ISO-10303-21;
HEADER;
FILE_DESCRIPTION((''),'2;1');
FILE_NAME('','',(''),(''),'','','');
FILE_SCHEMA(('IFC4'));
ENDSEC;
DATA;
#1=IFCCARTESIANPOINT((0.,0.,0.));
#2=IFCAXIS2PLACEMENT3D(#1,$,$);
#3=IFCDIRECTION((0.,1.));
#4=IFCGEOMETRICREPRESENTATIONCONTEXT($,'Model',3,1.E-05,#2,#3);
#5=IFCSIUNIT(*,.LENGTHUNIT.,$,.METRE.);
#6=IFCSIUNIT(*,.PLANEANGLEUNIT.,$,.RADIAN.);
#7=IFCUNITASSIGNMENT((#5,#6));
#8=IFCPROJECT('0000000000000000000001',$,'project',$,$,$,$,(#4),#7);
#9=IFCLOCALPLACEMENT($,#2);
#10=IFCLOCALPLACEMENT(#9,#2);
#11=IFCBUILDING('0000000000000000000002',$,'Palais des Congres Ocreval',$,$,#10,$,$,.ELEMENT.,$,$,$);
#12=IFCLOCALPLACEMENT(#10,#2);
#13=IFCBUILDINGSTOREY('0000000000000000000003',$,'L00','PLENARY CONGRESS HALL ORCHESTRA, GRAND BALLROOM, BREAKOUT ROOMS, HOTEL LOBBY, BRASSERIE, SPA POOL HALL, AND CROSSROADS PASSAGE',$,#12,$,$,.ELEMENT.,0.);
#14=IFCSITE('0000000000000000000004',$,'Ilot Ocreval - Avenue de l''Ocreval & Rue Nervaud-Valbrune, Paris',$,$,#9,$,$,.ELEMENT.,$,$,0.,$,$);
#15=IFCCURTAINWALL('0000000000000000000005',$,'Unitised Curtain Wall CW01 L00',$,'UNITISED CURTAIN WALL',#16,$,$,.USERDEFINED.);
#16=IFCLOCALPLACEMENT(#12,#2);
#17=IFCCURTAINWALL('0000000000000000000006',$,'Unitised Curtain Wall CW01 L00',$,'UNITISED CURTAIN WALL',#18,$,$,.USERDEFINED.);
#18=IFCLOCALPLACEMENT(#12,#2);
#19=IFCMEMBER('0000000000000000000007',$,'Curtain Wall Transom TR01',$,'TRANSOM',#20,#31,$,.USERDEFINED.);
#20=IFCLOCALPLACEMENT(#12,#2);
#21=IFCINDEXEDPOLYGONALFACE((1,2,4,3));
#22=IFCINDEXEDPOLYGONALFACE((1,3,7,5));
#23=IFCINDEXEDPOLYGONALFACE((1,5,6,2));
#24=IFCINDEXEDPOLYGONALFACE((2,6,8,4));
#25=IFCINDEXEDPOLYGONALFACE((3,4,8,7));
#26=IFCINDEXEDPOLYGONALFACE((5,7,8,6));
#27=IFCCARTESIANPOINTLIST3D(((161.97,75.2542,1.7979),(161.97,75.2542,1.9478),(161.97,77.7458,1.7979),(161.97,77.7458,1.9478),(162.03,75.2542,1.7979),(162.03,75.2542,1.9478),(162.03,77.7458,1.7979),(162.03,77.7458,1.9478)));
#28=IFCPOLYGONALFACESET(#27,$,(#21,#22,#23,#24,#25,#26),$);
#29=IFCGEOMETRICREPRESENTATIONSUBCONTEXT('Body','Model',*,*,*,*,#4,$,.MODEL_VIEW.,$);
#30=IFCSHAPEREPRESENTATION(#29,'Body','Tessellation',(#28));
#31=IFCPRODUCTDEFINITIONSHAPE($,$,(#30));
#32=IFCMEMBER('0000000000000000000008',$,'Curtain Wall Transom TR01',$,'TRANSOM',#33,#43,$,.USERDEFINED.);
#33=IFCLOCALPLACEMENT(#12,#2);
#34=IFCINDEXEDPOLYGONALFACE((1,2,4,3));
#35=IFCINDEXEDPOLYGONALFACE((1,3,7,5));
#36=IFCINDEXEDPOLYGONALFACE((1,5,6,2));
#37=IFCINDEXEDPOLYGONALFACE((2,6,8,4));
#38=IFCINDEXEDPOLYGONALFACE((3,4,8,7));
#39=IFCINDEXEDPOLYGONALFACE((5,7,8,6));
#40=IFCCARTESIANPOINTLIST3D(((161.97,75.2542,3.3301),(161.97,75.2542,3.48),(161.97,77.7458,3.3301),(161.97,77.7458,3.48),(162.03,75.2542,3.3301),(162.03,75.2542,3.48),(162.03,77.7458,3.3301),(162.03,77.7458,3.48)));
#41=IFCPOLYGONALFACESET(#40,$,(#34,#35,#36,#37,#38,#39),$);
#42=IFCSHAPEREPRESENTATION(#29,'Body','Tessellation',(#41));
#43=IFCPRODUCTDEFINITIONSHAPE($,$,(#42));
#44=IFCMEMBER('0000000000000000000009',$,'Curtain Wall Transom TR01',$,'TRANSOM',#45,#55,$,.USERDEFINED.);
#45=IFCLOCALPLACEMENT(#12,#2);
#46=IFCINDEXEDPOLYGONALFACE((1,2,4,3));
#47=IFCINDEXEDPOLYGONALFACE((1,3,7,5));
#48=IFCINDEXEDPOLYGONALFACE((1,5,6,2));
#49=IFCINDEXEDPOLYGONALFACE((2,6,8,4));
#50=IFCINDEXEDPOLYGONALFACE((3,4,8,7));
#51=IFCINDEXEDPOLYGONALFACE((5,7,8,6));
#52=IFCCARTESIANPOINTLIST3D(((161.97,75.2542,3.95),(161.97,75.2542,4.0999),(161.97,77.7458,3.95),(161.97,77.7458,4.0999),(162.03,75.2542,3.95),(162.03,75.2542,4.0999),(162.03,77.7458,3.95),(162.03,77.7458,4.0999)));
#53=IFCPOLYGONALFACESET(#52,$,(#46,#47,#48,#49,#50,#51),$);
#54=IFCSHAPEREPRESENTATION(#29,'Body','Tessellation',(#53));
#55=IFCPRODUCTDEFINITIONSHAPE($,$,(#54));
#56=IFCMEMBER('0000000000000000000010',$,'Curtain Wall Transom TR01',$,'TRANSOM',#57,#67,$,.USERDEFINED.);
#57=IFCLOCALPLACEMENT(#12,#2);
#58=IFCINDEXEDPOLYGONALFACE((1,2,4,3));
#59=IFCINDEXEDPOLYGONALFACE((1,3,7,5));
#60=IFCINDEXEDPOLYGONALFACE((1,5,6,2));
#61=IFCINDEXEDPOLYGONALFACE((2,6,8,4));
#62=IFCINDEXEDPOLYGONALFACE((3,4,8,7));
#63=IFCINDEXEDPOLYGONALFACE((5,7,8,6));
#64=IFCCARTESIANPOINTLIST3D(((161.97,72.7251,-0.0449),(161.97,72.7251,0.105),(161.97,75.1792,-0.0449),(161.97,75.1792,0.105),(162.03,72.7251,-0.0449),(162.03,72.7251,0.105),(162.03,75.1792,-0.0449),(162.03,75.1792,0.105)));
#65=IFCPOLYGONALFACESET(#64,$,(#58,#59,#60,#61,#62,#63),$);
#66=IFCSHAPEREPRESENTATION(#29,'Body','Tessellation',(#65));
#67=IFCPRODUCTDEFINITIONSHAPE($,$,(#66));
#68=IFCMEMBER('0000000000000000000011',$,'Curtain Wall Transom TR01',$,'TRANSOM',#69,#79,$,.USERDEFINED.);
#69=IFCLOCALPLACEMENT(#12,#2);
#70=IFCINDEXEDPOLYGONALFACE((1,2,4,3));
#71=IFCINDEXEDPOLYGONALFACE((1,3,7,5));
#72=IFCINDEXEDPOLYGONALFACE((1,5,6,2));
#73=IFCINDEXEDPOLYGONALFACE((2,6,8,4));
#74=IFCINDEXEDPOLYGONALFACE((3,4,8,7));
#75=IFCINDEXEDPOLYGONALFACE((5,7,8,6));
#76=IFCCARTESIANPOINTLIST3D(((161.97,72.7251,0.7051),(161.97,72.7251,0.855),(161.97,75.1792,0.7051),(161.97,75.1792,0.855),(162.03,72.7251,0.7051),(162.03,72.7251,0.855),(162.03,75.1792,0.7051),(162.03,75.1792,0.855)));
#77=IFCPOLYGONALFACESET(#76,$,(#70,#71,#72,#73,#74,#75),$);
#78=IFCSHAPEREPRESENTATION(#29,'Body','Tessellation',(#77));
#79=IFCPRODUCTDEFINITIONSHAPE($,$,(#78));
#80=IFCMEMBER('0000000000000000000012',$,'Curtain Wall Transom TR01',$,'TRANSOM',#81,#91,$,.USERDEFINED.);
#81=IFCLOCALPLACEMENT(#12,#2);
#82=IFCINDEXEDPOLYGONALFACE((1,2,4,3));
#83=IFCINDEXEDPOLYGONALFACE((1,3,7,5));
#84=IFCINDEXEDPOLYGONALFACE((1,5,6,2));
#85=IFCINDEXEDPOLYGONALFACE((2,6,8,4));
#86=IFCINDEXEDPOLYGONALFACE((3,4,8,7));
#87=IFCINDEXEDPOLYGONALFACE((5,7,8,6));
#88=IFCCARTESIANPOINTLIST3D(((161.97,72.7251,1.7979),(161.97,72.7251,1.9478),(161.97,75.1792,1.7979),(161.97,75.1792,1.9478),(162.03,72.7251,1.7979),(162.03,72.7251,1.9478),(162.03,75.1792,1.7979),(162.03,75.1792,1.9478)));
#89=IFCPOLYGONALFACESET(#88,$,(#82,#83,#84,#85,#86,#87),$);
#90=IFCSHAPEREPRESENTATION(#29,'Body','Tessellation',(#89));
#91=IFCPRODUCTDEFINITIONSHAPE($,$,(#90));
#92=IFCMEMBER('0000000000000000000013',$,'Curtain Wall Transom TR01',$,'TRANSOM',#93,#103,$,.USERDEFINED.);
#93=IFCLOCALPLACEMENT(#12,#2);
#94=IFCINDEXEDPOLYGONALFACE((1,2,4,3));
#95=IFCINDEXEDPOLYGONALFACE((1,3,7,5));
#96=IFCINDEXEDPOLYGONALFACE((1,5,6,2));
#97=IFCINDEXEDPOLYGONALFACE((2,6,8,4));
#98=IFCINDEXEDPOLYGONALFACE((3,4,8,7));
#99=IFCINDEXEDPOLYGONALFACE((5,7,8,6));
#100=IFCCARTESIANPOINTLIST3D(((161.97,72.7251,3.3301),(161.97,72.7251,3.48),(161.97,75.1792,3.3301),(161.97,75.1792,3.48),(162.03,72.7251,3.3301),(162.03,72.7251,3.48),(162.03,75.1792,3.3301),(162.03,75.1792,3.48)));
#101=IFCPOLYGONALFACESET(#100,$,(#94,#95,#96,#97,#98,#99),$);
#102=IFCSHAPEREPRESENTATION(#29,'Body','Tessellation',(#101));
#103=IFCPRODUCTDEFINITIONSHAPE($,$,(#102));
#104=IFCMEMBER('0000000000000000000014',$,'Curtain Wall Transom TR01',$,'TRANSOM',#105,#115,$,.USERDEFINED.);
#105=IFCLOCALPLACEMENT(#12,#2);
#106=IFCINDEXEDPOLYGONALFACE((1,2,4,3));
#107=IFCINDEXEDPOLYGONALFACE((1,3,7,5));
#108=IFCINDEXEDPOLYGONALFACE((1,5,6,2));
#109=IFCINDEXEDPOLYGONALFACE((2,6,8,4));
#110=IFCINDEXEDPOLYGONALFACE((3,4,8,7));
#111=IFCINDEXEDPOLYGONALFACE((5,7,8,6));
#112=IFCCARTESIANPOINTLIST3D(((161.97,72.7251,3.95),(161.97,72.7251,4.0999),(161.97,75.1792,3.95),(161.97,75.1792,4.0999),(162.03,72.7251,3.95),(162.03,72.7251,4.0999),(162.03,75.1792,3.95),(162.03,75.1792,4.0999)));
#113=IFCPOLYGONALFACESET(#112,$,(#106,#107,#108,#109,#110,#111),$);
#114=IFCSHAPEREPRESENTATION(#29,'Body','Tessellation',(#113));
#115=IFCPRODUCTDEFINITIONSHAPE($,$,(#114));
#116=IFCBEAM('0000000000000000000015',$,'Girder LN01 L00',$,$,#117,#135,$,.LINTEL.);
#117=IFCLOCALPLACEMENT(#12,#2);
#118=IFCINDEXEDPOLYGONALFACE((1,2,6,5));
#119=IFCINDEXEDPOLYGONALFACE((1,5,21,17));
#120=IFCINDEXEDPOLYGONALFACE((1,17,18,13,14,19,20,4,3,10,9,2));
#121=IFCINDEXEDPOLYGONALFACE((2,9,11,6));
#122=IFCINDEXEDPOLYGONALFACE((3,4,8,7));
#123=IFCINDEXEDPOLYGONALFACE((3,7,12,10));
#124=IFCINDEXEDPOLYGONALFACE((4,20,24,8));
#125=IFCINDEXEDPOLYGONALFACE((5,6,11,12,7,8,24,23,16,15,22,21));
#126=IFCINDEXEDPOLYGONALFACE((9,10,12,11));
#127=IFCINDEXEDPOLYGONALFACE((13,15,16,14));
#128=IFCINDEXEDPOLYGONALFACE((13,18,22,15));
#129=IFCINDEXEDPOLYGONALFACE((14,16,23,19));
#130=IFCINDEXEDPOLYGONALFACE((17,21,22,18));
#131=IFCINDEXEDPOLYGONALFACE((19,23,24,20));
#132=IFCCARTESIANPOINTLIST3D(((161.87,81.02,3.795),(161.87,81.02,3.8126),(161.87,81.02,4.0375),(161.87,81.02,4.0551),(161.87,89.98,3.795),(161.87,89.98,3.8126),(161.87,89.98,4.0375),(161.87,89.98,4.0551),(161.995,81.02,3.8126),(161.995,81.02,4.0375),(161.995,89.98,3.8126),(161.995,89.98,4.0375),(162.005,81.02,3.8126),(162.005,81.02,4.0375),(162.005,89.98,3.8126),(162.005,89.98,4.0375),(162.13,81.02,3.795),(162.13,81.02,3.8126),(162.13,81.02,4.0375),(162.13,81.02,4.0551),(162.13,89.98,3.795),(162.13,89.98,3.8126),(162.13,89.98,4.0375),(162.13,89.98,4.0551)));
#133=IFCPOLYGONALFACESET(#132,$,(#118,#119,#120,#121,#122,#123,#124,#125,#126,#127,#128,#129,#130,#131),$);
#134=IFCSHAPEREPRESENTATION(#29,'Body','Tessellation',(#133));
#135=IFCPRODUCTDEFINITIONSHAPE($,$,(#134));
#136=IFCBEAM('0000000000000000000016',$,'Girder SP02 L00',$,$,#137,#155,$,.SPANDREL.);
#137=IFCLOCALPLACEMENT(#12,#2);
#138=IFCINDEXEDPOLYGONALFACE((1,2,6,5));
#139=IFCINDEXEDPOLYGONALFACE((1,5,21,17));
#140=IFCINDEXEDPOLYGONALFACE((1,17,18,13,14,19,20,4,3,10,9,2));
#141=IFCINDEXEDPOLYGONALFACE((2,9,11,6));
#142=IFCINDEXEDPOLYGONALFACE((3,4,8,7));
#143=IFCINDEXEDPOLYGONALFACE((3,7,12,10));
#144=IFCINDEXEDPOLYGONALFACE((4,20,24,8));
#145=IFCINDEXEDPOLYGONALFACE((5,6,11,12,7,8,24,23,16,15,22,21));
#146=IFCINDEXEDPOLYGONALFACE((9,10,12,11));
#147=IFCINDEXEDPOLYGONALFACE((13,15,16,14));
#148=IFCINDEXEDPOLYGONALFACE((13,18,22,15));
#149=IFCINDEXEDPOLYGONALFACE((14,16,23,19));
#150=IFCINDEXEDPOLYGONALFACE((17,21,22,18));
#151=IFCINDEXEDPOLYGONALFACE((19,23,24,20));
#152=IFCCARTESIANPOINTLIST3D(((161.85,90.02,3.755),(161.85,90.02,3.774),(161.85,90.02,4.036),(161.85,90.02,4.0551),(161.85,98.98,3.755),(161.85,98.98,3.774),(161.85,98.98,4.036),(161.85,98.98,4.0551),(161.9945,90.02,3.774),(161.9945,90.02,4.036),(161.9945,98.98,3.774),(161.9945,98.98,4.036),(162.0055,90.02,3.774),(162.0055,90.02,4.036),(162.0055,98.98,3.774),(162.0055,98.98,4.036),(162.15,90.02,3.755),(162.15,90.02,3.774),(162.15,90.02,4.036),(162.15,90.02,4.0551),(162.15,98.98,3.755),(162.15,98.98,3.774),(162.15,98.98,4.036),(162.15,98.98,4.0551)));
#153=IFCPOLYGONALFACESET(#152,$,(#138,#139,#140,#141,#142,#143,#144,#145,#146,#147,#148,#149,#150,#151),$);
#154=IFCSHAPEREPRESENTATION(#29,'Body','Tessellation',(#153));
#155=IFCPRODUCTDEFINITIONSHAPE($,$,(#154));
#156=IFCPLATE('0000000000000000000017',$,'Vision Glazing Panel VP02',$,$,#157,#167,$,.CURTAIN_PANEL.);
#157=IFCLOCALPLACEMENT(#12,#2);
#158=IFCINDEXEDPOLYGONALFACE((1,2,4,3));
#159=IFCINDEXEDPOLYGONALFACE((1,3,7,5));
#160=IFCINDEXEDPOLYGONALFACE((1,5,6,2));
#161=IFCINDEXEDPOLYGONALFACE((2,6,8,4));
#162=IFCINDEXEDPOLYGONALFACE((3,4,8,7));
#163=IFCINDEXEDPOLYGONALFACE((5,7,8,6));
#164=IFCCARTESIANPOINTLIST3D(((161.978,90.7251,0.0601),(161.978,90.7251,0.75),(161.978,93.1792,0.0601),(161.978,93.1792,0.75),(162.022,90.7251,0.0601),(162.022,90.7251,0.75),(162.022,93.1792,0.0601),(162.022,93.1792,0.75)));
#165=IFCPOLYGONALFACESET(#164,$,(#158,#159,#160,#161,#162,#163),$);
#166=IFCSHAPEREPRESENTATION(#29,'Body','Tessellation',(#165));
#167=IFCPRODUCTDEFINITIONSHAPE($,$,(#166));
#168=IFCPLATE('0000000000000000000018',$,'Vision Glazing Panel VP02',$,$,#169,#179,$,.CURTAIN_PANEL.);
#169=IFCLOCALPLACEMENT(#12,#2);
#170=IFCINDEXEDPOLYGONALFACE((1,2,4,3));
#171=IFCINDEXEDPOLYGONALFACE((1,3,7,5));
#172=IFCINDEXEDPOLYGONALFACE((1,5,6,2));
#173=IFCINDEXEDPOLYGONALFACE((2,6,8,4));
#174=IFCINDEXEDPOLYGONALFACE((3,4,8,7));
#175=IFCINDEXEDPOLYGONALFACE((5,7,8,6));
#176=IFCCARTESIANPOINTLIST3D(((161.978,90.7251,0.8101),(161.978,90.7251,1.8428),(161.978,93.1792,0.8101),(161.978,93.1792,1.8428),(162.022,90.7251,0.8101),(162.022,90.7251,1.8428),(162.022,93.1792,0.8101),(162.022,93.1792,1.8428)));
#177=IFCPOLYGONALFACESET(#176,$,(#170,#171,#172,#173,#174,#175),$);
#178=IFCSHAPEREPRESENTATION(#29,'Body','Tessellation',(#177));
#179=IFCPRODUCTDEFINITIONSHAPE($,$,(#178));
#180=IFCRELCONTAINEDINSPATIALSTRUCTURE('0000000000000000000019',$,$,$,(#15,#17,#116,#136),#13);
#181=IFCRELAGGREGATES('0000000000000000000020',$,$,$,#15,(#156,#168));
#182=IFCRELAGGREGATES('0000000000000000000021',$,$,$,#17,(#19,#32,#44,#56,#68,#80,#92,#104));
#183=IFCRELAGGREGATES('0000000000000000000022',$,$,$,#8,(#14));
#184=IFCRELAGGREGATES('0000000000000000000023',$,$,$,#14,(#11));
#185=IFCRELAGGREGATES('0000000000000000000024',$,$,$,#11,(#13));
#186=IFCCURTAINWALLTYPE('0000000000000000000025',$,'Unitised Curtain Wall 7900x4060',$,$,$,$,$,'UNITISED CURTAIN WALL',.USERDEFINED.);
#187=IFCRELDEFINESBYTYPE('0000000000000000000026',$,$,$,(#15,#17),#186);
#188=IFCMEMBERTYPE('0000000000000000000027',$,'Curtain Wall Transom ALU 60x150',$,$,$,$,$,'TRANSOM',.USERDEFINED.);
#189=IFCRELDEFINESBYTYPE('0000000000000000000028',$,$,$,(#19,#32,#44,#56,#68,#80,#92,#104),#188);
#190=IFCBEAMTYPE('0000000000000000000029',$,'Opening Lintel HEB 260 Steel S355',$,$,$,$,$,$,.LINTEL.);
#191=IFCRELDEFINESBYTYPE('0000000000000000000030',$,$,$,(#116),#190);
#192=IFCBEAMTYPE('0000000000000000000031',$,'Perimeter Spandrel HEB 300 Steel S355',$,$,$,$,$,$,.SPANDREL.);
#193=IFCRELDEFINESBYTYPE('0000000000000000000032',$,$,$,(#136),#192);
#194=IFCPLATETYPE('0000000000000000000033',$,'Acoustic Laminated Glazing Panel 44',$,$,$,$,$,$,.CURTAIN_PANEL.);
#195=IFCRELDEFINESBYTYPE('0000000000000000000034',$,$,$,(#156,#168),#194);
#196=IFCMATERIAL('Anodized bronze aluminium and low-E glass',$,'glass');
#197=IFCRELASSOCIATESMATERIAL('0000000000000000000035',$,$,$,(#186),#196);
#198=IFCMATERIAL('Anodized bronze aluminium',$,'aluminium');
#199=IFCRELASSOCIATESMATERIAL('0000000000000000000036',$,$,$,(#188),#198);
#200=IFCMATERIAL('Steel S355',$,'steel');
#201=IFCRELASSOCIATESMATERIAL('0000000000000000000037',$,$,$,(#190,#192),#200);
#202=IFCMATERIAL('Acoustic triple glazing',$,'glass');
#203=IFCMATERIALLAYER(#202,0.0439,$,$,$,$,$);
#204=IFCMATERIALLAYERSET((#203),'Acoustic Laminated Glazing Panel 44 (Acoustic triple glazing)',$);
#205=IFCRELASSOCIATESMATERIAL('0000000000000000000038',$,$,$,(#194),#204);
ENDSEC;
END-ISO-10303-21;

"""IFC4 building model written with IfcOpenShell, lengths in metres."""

from ifc_helpers import new_model, si_unit, direction, frame, origin, origin_2d, place, context, subcontext, project, spatial, rectangle, i_section, extrude, material, layer, layer_set, material_profile, profile_set, type_object, element, aggregate, save


model = new_model("IFC4")

# Units and contexts
model_context = context("Model", 3, precision=1e-05, world=origin(), true_north=direction((0.0, 1.0)))
body_context = subcontext(model_context, "Body", "Model", "MODEL_VIEW")
ifc_project = project(units=[si_unit("LENGTHUNIT", "METRE"), si_unit("PLANEANGLEUNIT", "RADIAN")], contexts=[model_context])

# Site, building, storey
site_placement = place(None, origin())
site = spatial("IfcSite", under=ifc_project, at=site_placement, Name="Ilot Ocreval - Avenue de l'Ocreval & Rue Nervaud-Valbrune, Paris", CompositionType="ELEMENT", RefElevation=0.0)
building_placement = place(site_placement, origin())
building = spatial("IfcBuilding", under=site, at=building_placement, Name="Palais des Congres Ocreval", CompositionType="ELEMENT")
storey_placement = place(building_placement, origin())
storey = spatial("IfcBuildingStorey", under=building, at=storey_placement, Name="L00", Description="PLENARY CONGRESS HALL ORCHESTRA, GRAND BALLROOM, BREAKOUT ROOMS, HOTEL LOBBY, BRASSERIE, SPA POOL HALL, AND CROSSROADS PASSAGE", CompositionType="ELEMENT", Elevation=0.0)

# Shared definitions
ifc_material_1 = material(Name="Steel S355", Category="steel")

# Curtain wall
ifc_material_2 = material(Name="Anodized bronze aluminium and low-E glass", Category="glass")
curtain_wall_type = type_object("IfcCurtainWallType", Name="Unitised Curtain Wall 7900x4060", ElementType="UNITISED CURTAIN WALL", PredefinedType="USERDEFINED", material=ifc_material_2)
curtain_wall_1_placement = place(storey_placement, origin())
curtain_wall_1 = element("IfcCurtainWall", 1, at=curtain_wall_1_placement, inside=storey, type_object=curtain_wall_type, Name="Unitised Curtain Wall CW01 L00", ObjectType="UNITISED CURTAIN WALL", PredefinedType="USERDEFINED")
ifc_material_3 = material(Name="Anodized bronze aluminium", Category="aluminium")

# Curtain wall, members
curtain_wall_2_placement = place(storey_placement, origin())
curtain_wall_2 = element("IfcCurtainWall", 2, at=curtain_wall_2_placement, inside=storey, type_object=curtain_wall_type, Name="Unitised Curtain Wall CW01 L00", ObjectType="UNITISED CURTAIN WALL", PredefinedType="USERDEFINED")
ifc_material_profile_1 = material_profile(ifc_material_3, rectangle(XDim=0.0601, YDim=0.1499, at=origin_2d()), Name="ALU 60x150")
ifc_profile_set_1 = profile_set([ifc_material_profile_1], Name="Anodized bronze aluminium")
member_type_1 = type_object("IfcMemberType", Name="Curtain Wall Transom ALU 60x150", ElementType="TRANSOM", PredefinedType="USERDEFINED", material=ifc_profile_set_1)
member_1_placement = place(storey_placement, frame((162.0, 77.7458, 1.8728), z_axis=(0.0, -1.0, 0.0), x_axis=(1.0, 0.0, 0.0)))
member_1 = element("IfcMember", 3, at=member_1_placement, type_object=member_type_1, Name="Curtain Wall Transom TR01", ObjectType="TRANSOM", PredefinedType="USERDEFINED", context=body_context, shape_type="SweptSolid", body=[
    extrude(rectangle(XDim=0.0601, YDim=0.1499, at=origin_2d()), origin(), (0.0, 0.0, 1.0), 2.4917),
])
member_2_placement = place(storey_placement, frame((162.0, 77.7458, 3.405), z_axis=(0.0, -1.0, 0.0), x_axis=(1.0, 0.0, 0.0)))
member_2 = element("IfcMember", 4, at=member_2_placement, type_object=member_type_1, Name="Curtain Wall Transom TR01", ObjectType="TRANSOM", PredefinedType="USERDEFINED", context=body_context, shape_type="SweptSolid", body=[
    extrude(rectangle(XDim=0.0601, YDim=0.1499, at=origin_2d()), origin(), (0.0, 0.0, 1.0), 2.4917),
])
member_3_placement = place(storey_placement, frame((162.0, 77.7458, 4.0249), z_axis=(0.0, -1.0, 0.0), x_axis=(1.0, 0.0, 0.0)))
member_3 = element("IfcMember", 5, at=member_3_placement, type_object=member_type_1, Name="Curtain Wall Transom TR01", ObjectType="TRANSOM", PredefinedType="USERDEFINED", context=body_context, shape_type="SweptSolid", body=[
    extrude(rectangle(XDim=0.0601, YDim=0.1499, at=origin_2d()), origin(), (0.0, 0.0, 1.0), 2.4917),
])
member_4_placement = place(storey_placement, frame((162.0, 75.1792, 0.03), z_axis=(0.0, -1.0, 0.0), x_axis=(1.0, 0.0, 0.0)))
member_4 = element("IfcMember", 6, at=member_4_placement, type_object=member_type_1, Name="Curtain Wall Transom TR01", ObjectType="TRANSOM", PredefinedType="USERDEFINED", context=body_context, shape_type="SweptSolid", body=[
    extrude(rectangle(XDim=0.0601, YDim=0.1499, at=origin_2d()), origin(), (0.0, 0.0, 1.0), 2.4541),
])
member_5_placement = place(storey_placement, frame((162.0, 75.1792, 0.78), z_axis=(0.0, -1.0, 0.0), x_axis=(1.0, 0.0, 0.0)))
member_5 = element("IfcMember", 7, at=member_5_placement, type_object=member_type_1, Name="Curtain Wall Transom TR01", ObjectType="TRANSOM", PredefinedType="USERDEFINED", context=body_context, shape_type="SweptSolid", body=[
    extrude(rectangle(XDim=0.0601, YDim=0.1499, at=origin_2d()), origin(), (0.0, 0.0, 1.0), 2.4541),
])
member_6_placement = place(storey_placement, frame((162.0, 75.1792, 1.8728), z_axis=(0.0, -1.0, 0.0), x_axis=(1.0, 0.0, 0.0)))
member_6 = element("IfcMember", 8, at=member_6_placement, type_object=member_type_1, Name="Curtain Wall Transom TR01", ObjectType="TRANSOM", PredefinedType="USERDEFINED", context=body_context, shape_type="SweptSolid", body=[
    extrude(rectangle(XDim=0.0601, YDim=0.1499, at=origin_2d()), origin(), (0.0, 0.0, 1.0), 2.4541),
])
member_7_placement = place(storey_placement, frame((162.0, 75.1792, 3.405), z_axis=(0.0, -1.0, 0.0), x_axis=(1.0, 0.0, 0.0)))
member_7 = element("IfcMember", 9, at=member_7_placement, type_object=member_type_1, Name="Curtain Wall Transom TR01", ObjectType="TRANSOM", PredefinedType="USERDEFINED", context=body_context, shape_type="SweptSolid", body=[
    extrude(rectangle(XDim=0.0601, YDim=0.1499, at=origin_2d()), origin(), (0.0, 0.0, 1.0), 2.4541),
])
member_8_placement = place(storey_placement, frame((162.0, 75.1792, 4.0249), z_axis=(0.0, -1.0, 0.0), x_axis=(1.0, 0.0, 0.0)))
member_8 = element("IfcMember", 10, at=member_8_placement, type_object=member_type_1, Name="Curtain Wall Transom TR01", ObjectType="TRANSOM", PredefinedType="USERDEFINED", context=body_context, shape_type="SweptSolid", body=[
    extrude(rectangle(XDim=0.0601, YDim=0.1499, at=origin_2d()), origin(), (0.0, 0.0, 1.0), 2.4541),
])

# Beams
ifc_material_profile_2 = material_profile(ifc_material_1, i_section(OverallWidth=0.26, OverallDepth=0.26, WebThickness=0.01, FlangeThickness=0.0176, at=origin_2d()), Name="HEB 260")
ifc_profile_set_2 = profile_set([ifc_material_profile_2], Name="Steel S355")
beam_type_1 = type_object("IfcBeamType", Name="Opening Lintel HEB 260 Steel S355", PredefinedType="LINTEL", material=ifc_profile_set_2)
beam_1_placement = place(storey_placement, frame((162.0, 81.02, 3.925), z_axis=(0.0, 1.0, 0.0), x_axis=(-1.0, 0.0, 0.0)))
element("IfcBeam", 11, at=beam_1_placement, inside=storey, type_object=beam_type_1, Name="Girder LN01 L00", PredefinedType="LINTEL", context=body_context, shape_type="SweptSolid", body=[
    extrude(i_section(OverallWidth=0.26, OverallDepth=0.26, WebThickness=0.01, FlangeThickness=0.0176, at=origin_2d()), origin(), (0.0, 0.0, 1.0), 8.96),
])
ifc_material_profile_3 = material_profile(ifc_material_1, i_section(OverallWidth=0.3, OverallDepth=0.3, WebThickness=0.011, FlangeThickness=0.019, at=origin_2d()), Name="HEB 300")
ifc_profile_set_3 = profile_set([ifc_material_profile_3], Name="Steel S355")
beam_type_2 = type_object("IfcBeamType", Name="Perimeter Spandrel HEB 300 Steel S355", PredefinedType="SPANDREL", material=ifc_profile_set_3)
beam_2_placement = place(storey_placement, frame((162.0, 90.02, 3.905), z_axis=(0.0, 1.0, 0.0), x_axis=(-1.0, 0.0, 0.0)))
element("IfcBeam", 12, at=beam_2_placement, inside=storey, type_object=beam_type_2, Name="Girder SP02 L00", PredefinedType="SPANDREL", context=body_context, shape_type="SweptSolid", body=[
    extrude(i_section(OverallWidth=0.3, OverallDepth=0.3, WebThickness=0.011, FlangeThickness=0.019, at=origin_2d()), origin(), (0.0, 0.0, 1.0), 8.96),
])

# Plates
ifc_material_4 = material(Name="Acoustic triple glazing", Category="glass")
ifc_layer_1 = layer(ifc_material_4, 0.0439)
ifc_layer_set_1 = layer_set([ifc_layer_1], Name="Acoustic Laminated Glazing Panel 44 (Acoustic triple glazing)")
plate_type_1 = type_object("IfcPlateType", Name="Acoustic Laminated Glazing Panel 44", PredefinedType="CURTAIN_PANEL", material=ifc_layer_set_1)
plate_1_placement = place(storey_placement, frame((162.0, 91.9521, 0.0601), z_axis=(0.0, 0.0, 1.0), x_axis=(0.0, -1.0, 0.0)))
plate_1 = element("IfcPlate", 13, at=plate_1_placement, type_object=plate_type_1, Name="Vision Glazing Panel VP02", PredefinedType="CURTAIN_PANEL", context=body_context, shape_type="SweptSolid", body=[
    extrude(rectangle(XDim=2.4541, YDim=0.0439, at=origin_2d()), origin(), (0.0, 0.0, 1.0), 0.6899),
])
plate_2_placement = place(storey_placement, frame((162.0, 91.9521, 0.8101), z_axis=(0.0, 0.0, 1.0), x_axis=(0.0, -1.0, 0.0)))
plate_2 = element("IfcPlate", 14, at=plate_2_placement, type_object=plate_type_1, Name="Vision Glazing Panel VP02", PredefinedType="CURTAIN_PANEL", context=body_context, shape_type="SweptSolid", body=[
    extrude(rectangle(XDim=2.4541, YDim=0.0439, at=origin_2d()), origin(), (0.0, 0.0, 1.0), 1.0327),
])
aggregate(curtain_wall_1, [plate_1, plate_2])
aggregate(curtain_wall_2, [member_1, member_2, member_3, member_4, member_5, member_6, member_7, member_8])

save(model, "model.ifc")
